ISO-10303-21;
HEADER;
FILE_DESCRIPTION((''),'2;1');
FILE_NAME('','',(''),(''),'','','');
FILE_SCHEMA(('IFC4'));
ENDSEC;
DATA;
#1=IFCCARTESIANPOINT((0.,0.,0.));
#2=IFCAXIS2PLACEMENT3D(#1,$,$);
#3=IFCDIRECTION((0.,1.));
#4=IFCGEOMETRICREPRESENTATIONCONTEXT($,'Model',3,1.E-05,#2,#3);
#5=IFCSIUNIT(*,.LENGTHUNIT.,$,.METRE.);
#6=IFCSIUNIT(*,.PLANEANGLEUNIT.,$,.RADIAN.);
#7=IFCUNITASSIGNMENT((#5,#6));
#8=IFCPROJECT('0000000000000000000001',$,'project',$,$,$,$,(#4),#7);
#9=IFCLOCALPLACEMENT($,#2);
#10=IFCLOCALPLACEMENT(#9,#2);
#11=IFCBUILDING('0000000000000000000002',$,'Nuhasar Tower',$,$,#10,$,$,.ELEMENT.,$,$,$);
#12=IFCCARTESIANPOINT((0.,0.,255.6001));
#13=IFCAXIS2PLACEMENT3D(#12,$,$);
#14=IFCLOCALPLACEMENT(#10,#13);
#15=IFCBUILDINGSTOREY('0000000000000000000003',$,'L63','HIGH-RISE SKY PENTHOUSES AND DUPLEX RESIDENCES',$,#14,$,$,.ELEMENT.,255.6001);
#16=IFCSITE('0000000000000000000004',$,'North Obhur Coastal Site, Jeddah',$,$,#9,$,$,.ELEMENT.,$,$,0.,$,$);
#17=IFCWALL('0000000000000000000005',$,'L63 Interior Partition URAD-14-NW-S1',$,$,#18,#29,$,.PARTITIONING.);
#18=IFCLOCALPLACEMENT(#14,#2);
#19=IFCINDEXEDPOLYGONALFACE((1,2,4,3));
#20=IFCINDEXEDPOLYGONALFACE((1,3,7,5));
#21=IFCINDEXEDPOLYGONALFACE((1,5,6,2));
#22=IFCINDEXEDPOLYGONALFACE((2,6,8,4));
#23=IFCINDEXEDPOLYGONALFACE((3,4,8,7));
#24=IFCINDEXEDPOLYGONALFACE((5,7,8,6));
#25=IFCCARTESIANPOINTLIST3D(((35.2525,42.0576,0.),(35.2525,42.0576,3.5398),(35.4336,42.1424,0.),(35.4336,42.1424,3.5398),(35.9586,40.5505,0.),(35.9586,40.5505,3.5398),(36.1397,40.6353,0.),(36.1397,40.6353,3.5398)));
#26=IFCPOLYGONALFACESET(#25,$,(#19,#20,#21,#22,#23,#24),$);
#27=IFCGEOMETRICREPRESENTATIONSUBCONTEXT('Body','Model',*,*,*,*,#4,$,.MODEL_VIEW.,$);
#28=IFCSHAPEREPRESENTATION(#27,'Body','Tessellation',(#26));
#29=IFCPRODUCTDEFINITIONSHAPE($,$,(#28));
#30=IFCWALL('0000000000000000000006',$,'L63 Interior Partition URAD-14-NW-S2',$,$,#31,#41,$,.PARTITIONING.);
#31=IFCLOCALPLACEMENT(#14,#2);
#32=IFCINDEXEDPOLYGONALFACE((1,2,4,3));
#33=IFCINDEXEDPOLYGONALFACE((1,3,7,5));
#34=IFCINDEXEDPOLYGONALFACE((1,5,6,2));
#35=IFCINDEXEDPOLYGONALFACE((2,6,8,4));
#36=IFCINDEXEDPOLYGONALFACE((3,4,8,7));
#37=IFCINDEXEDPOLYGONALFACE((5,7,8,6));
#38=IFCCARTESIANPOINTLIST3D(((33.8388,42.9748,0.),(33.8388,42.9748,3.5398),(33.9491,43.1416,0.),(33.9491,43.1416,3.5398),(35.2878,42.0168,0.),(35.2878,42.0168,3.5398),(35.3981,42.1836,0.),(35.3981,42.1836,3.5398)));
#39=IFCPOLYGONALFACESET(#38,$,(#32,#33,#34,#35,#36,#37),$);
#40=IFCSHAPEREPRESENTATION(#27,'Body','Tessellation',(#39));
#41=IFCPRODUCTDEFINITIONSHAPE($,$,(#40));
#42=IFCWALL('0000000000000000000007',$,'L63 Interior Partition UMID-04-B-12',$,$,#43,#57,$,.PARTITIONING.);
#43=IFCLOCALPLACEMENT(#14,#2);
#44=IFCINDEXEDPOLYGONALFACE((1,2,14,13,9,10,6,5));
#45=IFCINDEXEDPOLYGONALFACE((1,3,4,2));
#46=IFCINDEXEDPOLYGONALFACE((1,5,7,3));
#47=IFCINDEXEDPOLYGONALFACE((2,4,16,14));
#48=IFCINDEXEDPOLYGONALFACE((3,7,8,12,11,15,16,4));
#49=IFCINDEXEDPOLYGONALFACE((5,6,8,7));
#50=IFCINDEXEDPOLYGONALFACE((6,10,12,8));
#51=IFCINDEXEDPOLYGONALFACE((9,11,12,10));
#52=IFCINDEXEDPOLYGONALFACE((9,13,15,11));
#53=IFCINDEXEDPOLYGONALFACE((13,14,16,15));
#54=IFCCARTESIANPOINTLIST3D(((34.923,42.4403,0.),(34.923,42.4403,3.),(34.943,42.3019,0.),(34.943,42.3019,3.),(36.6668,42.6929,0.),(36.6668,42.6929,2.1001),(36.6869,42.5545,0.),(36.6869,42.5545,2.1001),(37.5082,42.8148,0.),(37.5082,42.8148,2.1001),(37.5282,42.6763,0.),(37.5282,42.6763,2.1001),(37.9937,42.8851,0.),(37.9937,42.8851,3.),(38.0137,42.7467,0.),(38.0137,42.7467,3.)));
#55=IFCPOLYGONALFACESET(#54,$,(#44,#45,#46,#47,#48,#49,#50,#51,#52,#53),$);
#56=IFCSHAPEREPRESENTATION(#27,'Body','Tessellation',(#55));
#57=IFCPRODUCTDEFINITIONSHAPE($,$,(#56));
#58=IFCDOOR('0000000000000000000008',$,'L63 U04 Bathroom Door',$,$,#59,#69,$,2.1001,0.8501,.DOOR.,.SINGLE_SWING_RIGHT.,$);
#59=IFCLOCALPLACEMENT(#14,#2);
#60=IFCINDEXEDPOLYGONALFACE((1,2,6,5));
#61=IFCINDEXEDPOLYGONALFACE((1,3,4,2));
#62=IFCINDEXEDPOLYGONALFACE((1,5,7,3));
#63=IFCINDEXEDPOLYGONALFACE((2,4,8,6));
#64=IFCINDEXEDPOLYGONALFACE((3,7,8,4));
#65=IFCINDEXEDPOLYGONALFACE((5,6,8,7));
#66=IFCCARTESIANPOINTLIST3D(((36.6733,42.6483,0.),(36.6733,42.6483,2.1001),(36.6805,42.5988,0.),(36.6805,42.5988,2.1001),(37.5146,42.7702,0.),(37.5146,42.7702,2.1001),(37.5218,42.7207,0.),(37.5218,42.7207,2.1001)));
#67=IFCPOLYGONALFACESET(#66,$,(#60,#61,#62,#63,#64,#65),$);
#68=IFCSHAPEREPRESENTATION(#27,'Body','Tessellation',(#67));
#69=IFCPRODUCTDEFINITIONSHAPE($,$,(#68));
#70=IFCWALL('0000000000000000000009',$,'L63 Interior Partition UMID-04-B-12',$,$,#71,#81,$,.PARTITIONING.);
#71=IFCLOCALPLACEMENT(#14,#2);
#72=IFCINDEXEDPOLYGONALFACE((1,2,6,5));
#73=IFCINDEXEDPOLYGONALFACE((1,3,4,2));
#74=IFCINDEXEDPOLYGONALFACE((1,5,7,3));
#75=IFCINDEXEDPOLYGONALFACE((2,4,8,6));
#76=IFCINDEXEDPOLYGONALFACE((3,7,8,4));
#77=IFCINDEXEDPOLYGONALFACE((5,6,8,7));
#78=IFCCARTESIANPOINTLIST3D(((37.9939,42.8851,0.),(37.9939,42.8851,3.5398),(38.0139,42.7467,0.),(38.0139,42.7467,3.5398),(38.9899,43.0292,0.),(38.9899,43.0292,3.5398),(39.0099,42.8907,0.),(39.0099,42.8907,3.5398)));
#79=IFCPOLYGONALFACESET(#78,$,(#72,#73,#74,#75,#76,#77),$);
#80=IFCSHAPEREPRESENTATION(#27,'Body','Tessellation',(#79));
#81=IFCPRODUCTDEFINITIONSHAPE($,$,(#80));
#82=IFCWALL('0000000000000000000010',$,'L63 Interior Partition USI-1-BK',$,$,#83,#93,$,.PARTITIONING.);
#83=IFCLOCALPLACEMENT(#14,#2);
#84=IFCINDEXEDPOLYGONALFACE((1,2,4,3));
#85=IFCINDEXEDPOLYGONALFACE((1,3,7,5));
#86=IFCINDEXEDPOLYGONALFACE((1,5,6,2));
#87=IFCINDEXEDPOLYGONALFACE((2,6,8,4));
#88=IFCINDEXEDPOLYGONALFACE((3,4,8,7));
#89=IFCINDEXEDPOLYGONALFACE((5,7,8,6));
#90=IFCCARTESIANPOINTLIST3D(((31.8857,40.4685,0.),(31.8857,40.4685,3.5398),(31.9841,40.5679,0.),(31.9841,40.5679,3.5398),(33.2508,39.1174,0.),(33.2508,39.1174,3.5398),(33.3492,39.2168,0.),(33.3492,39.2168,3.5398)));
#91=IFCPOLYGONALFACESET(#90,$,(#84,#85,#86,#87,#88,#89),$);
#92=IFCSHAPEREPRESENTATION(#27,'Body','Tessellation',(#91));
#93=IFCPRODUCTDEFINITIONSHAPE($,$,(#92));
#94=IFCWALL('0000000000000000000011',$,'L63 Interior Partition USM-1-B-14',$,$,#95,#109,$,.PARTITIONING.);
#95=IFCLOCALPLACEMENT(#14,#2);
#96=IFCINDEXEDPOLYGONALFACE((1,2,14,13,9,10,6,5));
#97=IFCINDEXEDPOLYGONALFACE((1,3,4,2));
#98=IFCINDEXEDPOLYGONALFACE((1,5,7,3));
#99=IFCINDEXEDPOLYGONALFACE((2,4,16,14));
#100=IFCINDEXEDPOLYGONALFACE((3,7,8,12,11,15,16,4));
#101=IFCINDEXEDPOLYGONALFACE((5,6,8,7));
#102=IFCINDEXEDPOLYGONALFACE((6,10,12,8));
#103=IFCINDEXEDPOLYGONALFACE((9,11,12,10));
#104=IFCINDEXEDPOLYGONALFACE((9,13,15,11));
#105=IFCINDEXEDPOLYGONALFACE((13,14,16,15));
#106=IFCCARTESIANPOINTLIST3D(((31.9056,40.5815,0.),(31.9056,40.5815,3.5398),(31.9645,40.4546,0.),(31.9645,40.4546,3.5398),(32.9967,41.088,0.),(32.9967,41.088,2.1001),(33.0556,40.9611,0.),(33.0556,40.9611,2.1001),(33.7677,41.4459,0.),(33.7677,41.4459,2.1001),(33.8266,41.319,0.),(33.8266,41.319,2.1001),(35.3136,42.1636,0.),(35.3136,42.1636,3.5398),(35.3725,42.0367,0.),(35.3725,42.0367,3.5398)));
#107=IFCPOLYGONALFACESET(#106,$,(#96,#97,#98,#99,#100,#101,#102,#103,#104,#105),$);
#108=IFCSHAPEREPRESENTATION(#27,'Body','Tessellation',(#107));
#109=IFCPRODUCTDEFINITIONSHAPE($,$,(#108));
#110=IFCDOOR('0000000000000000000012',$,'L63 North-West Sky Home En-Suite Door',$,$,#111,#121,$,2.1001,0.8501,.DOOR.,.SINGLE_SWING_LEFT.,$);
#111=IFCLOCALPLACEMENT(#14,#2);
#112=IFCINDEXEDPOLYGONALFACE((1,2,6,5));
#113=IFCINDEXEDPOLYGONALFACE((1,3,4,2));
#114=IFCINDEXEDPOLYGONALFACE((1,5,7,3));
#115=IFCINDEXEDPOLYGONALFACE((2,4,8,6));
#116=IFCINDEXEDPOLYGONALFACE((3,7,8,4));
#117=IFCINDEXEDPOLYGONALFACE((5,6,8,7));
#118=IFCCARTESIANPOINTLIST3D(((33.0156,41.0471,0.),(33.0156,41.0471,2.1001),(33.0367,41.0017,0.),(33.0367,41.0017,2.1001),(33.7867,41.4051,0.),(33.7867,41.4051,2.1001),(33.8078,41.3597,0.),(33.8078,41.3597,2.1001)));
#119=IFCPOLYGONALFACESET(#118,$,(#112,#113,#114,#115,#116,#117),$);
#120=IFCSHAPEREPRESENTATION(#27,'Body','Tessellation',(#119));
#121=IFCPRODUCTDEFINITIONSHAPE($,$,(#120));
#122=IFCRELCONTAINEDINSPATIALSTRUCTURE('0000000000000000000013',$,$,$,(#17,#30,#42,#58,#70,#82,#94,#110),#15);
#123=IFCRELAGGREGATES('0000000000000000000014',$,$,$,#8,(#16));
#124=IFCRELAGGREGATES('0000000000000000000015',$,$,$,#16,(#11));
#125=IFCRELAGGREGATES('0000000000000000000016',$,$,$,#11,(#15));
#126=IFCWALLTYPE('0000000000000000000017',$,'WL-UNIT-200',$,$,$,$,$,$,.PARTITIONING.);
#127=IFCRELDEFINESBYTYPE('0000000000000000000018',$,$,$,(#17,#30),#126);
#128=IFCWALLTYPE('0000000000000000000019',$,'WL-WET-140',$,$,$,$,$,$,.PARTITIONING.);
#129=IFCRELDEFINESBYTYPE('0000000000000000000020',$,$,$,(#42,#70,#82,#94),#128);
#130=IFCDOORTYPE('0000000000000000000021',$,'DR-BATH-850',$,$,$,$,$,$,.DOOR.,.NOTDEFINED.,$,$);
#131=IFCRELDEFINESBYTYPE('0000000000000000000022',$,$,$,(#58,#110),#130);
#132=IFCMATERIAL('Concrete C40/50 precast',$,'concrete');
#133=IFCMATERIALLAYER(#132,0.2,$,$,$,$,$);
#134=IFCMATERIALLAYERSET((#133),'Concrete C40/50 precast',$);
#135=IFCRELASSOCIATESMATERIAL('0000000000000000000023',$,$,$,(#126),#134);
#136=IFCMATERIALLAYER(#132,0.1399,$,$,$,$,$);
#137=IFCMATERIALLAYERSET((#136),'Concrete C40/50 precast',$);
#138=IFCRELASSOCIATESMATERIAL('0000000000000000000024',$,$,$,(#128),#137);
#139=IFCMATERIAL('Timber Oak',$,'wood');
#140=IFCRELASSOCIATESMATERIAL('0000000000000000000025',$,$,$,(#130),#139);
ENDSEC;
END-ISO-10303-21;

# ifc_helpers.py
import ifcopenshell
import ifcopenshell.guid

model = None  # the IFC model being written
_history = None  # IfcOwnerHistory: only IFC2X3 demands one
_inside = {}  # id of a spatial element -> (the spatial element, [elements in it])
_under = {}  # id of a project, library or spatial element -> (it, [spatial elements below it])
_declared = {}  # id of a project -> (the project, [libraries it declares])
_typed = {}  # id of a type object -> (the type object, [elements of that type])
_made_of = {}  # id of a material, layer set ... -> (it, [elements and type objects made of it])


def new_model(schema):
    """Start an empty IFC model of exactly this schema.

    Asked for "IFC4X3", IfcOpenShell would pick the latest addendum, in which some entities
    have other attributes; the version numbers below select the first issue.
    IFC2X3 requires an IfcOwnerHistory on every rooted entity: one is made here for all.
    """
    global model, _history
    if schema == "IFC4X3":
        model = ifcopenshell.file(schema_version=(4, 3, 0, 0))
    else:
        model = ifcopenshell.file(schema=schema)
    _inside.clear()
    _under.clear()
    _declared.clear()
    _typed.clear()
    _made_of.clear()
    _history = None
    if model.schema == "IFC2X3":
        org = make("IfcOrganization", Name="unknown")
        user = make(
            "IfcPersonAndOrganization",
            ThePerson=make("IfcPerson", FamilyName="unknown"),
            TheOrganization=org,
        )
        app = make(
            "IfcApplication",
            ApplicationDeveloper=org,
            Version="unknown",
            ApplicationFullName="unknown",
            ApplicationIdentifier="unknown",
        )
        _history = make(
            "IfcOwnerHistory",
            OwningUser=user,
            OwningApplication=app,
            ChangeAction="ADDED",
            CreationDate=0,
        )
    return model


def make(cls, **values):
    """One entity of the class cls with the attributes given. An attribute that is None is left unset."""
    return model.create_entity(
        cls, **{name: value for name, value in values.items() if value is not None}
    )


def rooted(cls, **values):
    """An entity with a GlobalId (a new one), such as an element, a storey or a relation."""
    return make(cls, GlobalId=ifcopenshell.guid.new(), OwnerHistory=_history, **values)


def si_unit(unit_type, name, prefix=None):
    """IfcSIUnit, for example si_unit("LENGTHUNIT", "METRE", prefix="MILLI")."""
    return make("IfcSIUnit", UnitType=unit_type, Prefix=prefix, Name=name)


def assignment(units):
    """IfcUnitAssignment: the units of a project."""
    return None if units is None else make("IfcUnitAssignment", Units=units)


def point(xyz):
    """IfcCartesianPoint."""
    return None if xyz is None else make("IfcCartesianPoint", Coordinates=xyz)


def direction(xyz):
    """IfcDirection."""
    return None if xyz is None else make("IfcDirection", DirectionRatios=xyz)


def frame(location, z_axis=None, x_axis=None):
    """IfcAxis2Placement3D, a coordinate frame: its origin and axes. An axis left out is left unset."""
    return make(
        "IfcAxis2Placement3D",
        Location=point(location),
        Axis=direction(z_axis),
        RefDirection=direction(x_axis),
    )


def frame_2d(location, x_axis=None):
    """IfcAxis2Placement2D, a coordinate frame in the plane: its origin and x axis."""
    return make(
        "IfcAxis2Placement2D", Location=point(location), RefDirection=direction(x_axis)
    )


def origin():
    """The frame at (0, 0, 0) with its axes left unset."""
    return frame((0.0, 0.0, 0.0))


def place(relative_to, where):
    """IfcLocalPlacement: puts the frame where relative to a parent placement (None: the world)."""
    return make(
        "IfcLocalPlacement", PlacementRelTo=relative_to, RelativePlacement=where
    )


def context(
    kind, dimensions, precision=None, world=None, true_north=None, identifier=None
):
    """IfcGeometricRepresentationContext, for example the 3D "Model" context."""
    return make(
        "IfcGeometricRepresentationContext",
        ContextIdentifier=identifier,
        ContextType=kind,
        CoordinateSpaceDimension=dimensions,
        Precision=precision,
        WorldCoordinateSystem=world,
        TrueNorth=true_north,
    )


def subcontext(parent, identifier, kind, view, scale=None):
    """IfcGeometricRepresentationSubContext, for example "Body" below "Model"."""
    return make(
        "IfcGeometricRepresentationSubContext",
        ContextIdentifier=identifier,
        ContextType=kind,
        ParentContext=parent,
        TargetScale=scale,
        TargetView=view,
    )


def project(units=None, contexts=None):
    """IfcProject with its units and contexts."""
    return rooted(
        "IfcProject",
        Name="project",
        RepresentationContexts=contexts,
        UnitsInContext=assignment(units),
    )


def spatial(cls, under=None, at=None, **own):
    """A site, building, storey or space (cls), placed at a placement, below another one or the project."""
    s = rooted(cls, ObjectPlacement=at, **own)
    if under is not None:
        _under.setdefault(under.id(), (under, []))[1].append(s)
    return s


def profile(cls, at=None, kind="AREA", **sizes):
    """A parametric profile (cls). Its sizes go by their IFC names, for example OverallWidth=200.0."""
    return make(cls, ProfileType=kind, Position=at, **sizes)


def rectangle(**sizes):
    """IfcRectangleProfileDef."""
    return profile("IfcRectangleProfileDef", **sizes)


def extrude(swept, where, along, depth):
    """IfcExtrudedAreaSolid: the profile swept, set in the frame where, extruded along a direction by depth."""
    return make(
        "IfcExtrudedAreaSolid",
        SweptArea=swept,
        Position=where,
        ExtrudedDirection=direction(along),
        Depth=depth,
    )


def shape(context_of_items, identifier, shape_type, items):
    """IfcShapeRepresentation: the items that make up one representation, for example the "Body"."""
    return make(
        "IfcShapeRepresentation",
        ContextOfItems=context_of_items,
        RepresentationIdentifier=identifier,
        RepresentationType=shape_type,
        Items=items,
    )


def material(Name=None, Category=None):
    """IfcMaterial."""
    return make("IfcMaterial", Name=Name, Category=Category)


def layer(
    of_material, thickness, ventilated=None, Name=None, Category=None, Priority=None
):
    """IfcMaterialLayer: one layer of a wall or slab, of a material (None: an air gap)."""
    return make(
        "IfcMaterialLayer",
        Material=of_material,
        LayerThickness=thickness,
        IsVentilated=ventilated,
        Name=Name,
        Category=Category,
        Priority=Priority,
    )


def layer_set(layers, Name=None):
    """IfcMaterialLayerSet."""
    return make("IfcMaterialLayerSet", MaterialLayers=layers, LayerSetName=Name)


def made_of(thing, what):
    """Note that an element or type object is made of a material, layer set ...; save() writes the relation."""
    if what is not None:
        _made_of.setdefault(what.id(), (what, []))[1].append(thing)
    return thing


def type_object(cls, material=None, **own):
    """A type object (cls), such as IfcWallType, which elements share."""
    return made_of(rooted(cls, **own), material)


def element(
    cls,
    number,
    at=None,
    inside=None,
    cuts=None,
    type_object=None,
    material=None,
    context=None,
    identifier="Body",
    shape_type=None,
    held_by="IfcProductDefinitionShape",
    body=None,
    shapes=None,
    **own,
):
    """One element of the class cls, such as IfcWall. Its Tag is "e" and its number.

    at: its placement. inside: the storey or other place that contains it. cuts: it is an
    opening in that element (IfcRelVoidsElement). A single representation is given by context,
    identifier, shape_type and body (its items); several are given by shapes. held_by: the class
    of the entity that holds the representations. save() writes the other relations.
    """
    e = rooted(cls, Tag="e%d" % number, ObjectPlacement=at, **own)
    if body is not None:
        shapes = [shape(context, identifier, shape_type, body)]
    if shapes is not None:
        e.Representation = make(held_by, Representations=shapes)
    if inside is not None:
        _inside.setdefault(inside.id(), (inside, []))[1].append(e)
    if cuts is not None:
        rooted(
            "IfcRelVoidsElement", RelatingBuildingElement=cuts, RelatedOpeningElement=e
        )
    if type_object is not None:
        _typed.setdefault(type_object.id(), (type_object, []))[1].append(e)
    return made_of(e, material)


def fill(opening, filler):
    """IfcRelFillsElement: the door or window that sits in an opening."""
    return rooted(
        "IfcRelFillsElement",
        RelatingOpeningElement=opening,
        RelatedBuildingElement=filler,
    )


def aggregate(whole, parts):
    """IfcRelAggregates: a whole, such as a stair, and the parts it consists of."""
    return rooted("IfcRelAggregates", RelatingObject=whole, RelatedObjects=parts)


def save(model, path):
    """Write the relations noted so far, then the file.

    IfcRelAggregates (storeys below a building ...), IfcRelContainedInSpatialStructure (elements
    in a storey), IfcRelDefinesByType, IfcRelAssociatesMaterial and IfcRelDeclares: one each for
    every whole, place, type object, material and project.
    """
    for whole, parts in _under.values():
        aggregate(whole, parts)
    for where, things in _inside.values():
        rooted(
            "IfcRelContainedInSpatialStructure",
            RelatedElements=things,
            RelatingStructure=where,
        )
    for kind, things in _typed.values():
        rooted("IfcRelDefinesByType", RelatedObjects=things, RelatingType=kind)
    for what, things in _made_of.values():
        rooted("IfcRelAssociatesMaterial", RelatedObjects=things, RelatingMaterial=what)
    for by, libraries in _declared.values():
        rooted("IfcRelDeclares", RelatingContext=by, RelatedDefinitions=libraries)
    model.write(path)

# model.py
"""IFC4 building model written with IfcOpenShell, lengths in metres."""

from ifc_helpers import new_model, si_unit, direction, frame, frame_2d, origin, place, context, subcontext, project, spatial, rectangle, extrude, material, layer, layer_set, type_object, element, fill, save


model = new_model("IFC4")

# Units and contexts
model_context = context("Model", 3, precision=1e-05, world=origin(), true_north=direction((0.0, 1.0)))
body_context = subcontext(model_context, "Body", "Model", "MODEL_VIEW")
ifc_project = project(units=[si_unit("LENGTHUNIT", "METRE"), si_unit("PLANEANGLEUNIT", "RADIAN")], contexts=[model_context])

# Site, building, storey
site_placement = place(None, origin())
site = spatial("IfcSite", under=ifc_project, at=site_placement, Name="North Obhur Coastal Site, Jeddah", CompositionType="ELEMENT", RefElevation=0.0)
building_placement = place(site_placement, origin())
building = spatial("IfcBuilding", under=site, at=building_placement, Name="Nuhasar Tower", CompositionType="ELEMENT")
storey_placement = place(building_placement, frame((0.0, 0.0, 255.6001)))
storey = spatial("IfcBuildingStorey", under=building, at=storey_placement, Name="L63", Description="HIGH-RISE SKY PENTHOUSES AND DUPLEX RESIDENCES", CompositionType="ELEMENT", Elevation=255.6001)

# Walls
ifc_material_1 = material(Name="Concrete C40/50 precast", Category="concrete")
ifc_layer_1 = layer(ifc_material_1, 0.2)
ifc_layer_set_1 = layer_set([ifc_layer_1], Name="Concrete C40/50 precast")
wall_type_1 = type_object("IfcWallType", Name="WL-UNIT-200", PredefinedType="PARTITIONING", material=ifc_layer_set_1)
wall_1_placement = place(storey_placement, frame((36.0491, 40.593, 0.0), z_axis=(0.0, 0.0, 1.0), x_axis=(-0.424242, 0.905549, 0.0)))
element("IfcWall", 1, at=wall_1_placement, inside=storey, type_object=wall_type_1, Name="L63 Interior Partition URAD-14-NW-S1", PredefinedType="PARTITIONING", context=body_context, shape_type="SweptSolid", body=[
    extrude(rectangle(XDim=1.6643, YDim=0.2, at=frame_2d((0.832, 0.0))), origin(), (0.0, 0.0, 1.0), 3.5398),
])
wall_2_placement = place(storey_placement, frame((35.343, 42.1001, 0.0), z_axis=(0.0, 0.0, 1.0), x_axis=(-0.834163, 0.551518, 0.0)))
element("IfcWall", 2, at=wall_2_placement, inside=storey, type_object=wall_type_1, Name="L63 Interior Partition URAD-14-NW-S2", PredefinedType="PARTITIONING", context=body_context, shape_type="SweptSolid", body=[
    extrude(rectangle(XDim=1.7371, YDim=0.2, at=frame_2d((0.8687, 0.0))), origin(), (0.0, 0.0, 1.0), 3.5398),
])

# Wall, opening, door
ifc_layer_2 = layer(ifc_material_1, 0.1399)
ifc_layer_set_2 = layer_set([ifc_layer_2], Name="Concrete C40/50 precast")
wall_type_2 = type_object("IfcWallType", Name="WL-WET-140", PredefinedType="PARTITIONING", material=ifc_layer_set_2)
wall_3_placement = place(storey_placement, frame((34.9331, 42.3711, 0.0), z_axis=(0.0, 0.0, 1.0), x_axis=(0.989671, 0.14336, 0.0)))
wall_3 = element("IfcWall", 3, at=wall_3_placement, inside=storey, type_object=wall_type_2, Name="L63 Interior Partition UMID-04-B-12", PredefinedType="PARTITIONING", context=body_context, shape_type="SweptSolid", body=[
    extrude(rectangle(XDim=3.1028, YDim=0.1399, at=frame_2d((1.5513, 0.0))), origin(), (0.0, 0.0, 1.0), 3.0),
])
opening_1_placement = place(wall_3_placement, frame((1.762, 0.0, 0.0)))
opening_1 = element("IfcOpeningElement", 4, at=opening_1_placement, cuts=wall_3, PredefinedType="OPENING", context=body_context, shape_type="SweptSolid", body=[
    extrude(rectangle(XDim=0.8501, YDim=2.1001, at=frame_2d((0.425, 1.05))), frame((0.0, 0.0801, 0.0), z_axis=(0.0, -1.0, 0.0), x_axis=(1.0, 0.0, 0.0)), (0.0, 0.0, 1.0), 0.1599),
])
ifc_material_2 = material(Name="Timber Oak", Category="wood")
door_type_1 = type_object("IfcDoorType", Name="DR-BATH-850", OperationType="NOTDEFINED", PredefinedType="DOOR", material=ifc_material_2)
door_1_placement = place(opening_1_placement, origin())
door_1 = element("IfcDoor", 5, at=door_1_placement, inside=storey, type_object=door_type_1, Name="L63 U04 Bathroom Door", OperationType="SINGLE_SWING_RIGHT", OverallHeight=2.1001, OverallWidth=0.8501, PredefinedType="DOOR", context=body_context, shape_type="SweptSolid", body=[
    extrude(rectangle(XDim=0.8501, YDim=2.1001, at=frame_2d((0.425, 1.05))), frame((0.0, 0.0249, 0.0), z_axis=(0.0, -1.0, 0.0), x_axis=(1.0, 0.0, 0.0)), (0.0, 0.0, 1.0), 0.05),
])
fill(opening_1, door_1)

# Walls
wall_4_placement = place(storey_placement, frame((38.0039, 42.8159, 0.0), z_axis=(0.0, 0.0, 1.0), x_axis=(0.989705, 0.143119, 0.0)))
element("IfcWall", 6, at=wall_4_placement, inside=storey, type_object=wall_type_2, Name="L63 Interior Partition UMID-04-B-12", PredefinedType="PARTITIONING", context=body_context, shape_type="SweptSolid", body=[
    extrude(rectangle(XDim=1.0063, YDim=0.1399, at=frame_2d((0.5032, 0.0))), origin(), (0.0, 0.0, 1.0), 3.5398),
])
wall_5_placement = place(storey_placement, frame((33.3, 39.167, 0.0), z_axis=(0.0, 0.0, 1.0), x_axis=(-0.71072, 0.703475, 0.0)))
element("IfcWall", 7, at=wall_5_placement, inside=storey, type_object=wall_type_2, Name="L63 Interior Partition USI-1-BK", PredefinedType="PARTITIONING", context=body_context, shape_type="SweptSolid", body=[
    extrude(rectangle(XDim=1.9207, YDim=0.1399, at=frame_2d((0.9604, 0.0))), origin(), (0.0, 0.0, 1.0), 3.5398),
])

# Wall, opening, door
wall_6_placement = place(storey_placement, frame((31.9351, 40.5181, 0.0), z_axis=(0.0, 0.0, 1.0), x_axis=(0.907033, 0.42106, 0.0)))
wall_6 = element("IfcWall", 8, at=wall_6_placement, inside=storey, type_object=wall_type_2, Name="L63 Interior Partition USM-1-B-14", PredefinedType="PARTITIONING", context=body_context, shape_type="SweptSolid", body=[
    extrude(rectangle(XDim=3.7573, YDim=0.1399, at=frame_2d((1.8787, 0.0))), origin(), (0.0, 0.0, 1.0), 3.5398),
])
opening_2_placement = place(wall_6_placement, frame((1.2029, 0.0, 0.0)))
opening_2 = element("IfcOpeningElement", 9, at=opening_2_placement, cuts=wall_6, PredefinedType="OPENING", context=body_context, shape_type="SweptSolid", body=[
    extrude(rectangle(XDim=0.8501, YDim=2.1001, at=frame_2d((0.425, 1.05))), frame((0.0, 0.0801, 0.0), z_axis=(0.0, -1.0, 0.0), x_axis=(1.0, 0.0, 0.0)), (0.0, 0.0, 1.0), 0.1599),
])
door_2_placement = place(opening_2_placement, origin())
door_2 = element("IfcDoor", 10, at=door_2_placement, inside=storey, type_object=door_type_1, Name="L63 North-West Sky Home En-Suite Door", OperationType="SINGLE_SWING_LEFT", OverallHeight=2.1001, OverallWidth=0.8501, PredefinedType="DOOR", context=body_context, shape_type="SweptSolid", body=[
    extrude(rectangle(XDim=0.8501, YDim=2.1001, at=frame_2d((0.425, 1.05))), frame((0.0, 0.0249, 0.0), z_axis=(0.0, -1.0, 0.0), x_axis=(1.0, 0.0, 0.0)), (0.0, 0.0, 1.0), 0.05),
])
fill(opening_2, door_2)

save(model, "model.ifc")
